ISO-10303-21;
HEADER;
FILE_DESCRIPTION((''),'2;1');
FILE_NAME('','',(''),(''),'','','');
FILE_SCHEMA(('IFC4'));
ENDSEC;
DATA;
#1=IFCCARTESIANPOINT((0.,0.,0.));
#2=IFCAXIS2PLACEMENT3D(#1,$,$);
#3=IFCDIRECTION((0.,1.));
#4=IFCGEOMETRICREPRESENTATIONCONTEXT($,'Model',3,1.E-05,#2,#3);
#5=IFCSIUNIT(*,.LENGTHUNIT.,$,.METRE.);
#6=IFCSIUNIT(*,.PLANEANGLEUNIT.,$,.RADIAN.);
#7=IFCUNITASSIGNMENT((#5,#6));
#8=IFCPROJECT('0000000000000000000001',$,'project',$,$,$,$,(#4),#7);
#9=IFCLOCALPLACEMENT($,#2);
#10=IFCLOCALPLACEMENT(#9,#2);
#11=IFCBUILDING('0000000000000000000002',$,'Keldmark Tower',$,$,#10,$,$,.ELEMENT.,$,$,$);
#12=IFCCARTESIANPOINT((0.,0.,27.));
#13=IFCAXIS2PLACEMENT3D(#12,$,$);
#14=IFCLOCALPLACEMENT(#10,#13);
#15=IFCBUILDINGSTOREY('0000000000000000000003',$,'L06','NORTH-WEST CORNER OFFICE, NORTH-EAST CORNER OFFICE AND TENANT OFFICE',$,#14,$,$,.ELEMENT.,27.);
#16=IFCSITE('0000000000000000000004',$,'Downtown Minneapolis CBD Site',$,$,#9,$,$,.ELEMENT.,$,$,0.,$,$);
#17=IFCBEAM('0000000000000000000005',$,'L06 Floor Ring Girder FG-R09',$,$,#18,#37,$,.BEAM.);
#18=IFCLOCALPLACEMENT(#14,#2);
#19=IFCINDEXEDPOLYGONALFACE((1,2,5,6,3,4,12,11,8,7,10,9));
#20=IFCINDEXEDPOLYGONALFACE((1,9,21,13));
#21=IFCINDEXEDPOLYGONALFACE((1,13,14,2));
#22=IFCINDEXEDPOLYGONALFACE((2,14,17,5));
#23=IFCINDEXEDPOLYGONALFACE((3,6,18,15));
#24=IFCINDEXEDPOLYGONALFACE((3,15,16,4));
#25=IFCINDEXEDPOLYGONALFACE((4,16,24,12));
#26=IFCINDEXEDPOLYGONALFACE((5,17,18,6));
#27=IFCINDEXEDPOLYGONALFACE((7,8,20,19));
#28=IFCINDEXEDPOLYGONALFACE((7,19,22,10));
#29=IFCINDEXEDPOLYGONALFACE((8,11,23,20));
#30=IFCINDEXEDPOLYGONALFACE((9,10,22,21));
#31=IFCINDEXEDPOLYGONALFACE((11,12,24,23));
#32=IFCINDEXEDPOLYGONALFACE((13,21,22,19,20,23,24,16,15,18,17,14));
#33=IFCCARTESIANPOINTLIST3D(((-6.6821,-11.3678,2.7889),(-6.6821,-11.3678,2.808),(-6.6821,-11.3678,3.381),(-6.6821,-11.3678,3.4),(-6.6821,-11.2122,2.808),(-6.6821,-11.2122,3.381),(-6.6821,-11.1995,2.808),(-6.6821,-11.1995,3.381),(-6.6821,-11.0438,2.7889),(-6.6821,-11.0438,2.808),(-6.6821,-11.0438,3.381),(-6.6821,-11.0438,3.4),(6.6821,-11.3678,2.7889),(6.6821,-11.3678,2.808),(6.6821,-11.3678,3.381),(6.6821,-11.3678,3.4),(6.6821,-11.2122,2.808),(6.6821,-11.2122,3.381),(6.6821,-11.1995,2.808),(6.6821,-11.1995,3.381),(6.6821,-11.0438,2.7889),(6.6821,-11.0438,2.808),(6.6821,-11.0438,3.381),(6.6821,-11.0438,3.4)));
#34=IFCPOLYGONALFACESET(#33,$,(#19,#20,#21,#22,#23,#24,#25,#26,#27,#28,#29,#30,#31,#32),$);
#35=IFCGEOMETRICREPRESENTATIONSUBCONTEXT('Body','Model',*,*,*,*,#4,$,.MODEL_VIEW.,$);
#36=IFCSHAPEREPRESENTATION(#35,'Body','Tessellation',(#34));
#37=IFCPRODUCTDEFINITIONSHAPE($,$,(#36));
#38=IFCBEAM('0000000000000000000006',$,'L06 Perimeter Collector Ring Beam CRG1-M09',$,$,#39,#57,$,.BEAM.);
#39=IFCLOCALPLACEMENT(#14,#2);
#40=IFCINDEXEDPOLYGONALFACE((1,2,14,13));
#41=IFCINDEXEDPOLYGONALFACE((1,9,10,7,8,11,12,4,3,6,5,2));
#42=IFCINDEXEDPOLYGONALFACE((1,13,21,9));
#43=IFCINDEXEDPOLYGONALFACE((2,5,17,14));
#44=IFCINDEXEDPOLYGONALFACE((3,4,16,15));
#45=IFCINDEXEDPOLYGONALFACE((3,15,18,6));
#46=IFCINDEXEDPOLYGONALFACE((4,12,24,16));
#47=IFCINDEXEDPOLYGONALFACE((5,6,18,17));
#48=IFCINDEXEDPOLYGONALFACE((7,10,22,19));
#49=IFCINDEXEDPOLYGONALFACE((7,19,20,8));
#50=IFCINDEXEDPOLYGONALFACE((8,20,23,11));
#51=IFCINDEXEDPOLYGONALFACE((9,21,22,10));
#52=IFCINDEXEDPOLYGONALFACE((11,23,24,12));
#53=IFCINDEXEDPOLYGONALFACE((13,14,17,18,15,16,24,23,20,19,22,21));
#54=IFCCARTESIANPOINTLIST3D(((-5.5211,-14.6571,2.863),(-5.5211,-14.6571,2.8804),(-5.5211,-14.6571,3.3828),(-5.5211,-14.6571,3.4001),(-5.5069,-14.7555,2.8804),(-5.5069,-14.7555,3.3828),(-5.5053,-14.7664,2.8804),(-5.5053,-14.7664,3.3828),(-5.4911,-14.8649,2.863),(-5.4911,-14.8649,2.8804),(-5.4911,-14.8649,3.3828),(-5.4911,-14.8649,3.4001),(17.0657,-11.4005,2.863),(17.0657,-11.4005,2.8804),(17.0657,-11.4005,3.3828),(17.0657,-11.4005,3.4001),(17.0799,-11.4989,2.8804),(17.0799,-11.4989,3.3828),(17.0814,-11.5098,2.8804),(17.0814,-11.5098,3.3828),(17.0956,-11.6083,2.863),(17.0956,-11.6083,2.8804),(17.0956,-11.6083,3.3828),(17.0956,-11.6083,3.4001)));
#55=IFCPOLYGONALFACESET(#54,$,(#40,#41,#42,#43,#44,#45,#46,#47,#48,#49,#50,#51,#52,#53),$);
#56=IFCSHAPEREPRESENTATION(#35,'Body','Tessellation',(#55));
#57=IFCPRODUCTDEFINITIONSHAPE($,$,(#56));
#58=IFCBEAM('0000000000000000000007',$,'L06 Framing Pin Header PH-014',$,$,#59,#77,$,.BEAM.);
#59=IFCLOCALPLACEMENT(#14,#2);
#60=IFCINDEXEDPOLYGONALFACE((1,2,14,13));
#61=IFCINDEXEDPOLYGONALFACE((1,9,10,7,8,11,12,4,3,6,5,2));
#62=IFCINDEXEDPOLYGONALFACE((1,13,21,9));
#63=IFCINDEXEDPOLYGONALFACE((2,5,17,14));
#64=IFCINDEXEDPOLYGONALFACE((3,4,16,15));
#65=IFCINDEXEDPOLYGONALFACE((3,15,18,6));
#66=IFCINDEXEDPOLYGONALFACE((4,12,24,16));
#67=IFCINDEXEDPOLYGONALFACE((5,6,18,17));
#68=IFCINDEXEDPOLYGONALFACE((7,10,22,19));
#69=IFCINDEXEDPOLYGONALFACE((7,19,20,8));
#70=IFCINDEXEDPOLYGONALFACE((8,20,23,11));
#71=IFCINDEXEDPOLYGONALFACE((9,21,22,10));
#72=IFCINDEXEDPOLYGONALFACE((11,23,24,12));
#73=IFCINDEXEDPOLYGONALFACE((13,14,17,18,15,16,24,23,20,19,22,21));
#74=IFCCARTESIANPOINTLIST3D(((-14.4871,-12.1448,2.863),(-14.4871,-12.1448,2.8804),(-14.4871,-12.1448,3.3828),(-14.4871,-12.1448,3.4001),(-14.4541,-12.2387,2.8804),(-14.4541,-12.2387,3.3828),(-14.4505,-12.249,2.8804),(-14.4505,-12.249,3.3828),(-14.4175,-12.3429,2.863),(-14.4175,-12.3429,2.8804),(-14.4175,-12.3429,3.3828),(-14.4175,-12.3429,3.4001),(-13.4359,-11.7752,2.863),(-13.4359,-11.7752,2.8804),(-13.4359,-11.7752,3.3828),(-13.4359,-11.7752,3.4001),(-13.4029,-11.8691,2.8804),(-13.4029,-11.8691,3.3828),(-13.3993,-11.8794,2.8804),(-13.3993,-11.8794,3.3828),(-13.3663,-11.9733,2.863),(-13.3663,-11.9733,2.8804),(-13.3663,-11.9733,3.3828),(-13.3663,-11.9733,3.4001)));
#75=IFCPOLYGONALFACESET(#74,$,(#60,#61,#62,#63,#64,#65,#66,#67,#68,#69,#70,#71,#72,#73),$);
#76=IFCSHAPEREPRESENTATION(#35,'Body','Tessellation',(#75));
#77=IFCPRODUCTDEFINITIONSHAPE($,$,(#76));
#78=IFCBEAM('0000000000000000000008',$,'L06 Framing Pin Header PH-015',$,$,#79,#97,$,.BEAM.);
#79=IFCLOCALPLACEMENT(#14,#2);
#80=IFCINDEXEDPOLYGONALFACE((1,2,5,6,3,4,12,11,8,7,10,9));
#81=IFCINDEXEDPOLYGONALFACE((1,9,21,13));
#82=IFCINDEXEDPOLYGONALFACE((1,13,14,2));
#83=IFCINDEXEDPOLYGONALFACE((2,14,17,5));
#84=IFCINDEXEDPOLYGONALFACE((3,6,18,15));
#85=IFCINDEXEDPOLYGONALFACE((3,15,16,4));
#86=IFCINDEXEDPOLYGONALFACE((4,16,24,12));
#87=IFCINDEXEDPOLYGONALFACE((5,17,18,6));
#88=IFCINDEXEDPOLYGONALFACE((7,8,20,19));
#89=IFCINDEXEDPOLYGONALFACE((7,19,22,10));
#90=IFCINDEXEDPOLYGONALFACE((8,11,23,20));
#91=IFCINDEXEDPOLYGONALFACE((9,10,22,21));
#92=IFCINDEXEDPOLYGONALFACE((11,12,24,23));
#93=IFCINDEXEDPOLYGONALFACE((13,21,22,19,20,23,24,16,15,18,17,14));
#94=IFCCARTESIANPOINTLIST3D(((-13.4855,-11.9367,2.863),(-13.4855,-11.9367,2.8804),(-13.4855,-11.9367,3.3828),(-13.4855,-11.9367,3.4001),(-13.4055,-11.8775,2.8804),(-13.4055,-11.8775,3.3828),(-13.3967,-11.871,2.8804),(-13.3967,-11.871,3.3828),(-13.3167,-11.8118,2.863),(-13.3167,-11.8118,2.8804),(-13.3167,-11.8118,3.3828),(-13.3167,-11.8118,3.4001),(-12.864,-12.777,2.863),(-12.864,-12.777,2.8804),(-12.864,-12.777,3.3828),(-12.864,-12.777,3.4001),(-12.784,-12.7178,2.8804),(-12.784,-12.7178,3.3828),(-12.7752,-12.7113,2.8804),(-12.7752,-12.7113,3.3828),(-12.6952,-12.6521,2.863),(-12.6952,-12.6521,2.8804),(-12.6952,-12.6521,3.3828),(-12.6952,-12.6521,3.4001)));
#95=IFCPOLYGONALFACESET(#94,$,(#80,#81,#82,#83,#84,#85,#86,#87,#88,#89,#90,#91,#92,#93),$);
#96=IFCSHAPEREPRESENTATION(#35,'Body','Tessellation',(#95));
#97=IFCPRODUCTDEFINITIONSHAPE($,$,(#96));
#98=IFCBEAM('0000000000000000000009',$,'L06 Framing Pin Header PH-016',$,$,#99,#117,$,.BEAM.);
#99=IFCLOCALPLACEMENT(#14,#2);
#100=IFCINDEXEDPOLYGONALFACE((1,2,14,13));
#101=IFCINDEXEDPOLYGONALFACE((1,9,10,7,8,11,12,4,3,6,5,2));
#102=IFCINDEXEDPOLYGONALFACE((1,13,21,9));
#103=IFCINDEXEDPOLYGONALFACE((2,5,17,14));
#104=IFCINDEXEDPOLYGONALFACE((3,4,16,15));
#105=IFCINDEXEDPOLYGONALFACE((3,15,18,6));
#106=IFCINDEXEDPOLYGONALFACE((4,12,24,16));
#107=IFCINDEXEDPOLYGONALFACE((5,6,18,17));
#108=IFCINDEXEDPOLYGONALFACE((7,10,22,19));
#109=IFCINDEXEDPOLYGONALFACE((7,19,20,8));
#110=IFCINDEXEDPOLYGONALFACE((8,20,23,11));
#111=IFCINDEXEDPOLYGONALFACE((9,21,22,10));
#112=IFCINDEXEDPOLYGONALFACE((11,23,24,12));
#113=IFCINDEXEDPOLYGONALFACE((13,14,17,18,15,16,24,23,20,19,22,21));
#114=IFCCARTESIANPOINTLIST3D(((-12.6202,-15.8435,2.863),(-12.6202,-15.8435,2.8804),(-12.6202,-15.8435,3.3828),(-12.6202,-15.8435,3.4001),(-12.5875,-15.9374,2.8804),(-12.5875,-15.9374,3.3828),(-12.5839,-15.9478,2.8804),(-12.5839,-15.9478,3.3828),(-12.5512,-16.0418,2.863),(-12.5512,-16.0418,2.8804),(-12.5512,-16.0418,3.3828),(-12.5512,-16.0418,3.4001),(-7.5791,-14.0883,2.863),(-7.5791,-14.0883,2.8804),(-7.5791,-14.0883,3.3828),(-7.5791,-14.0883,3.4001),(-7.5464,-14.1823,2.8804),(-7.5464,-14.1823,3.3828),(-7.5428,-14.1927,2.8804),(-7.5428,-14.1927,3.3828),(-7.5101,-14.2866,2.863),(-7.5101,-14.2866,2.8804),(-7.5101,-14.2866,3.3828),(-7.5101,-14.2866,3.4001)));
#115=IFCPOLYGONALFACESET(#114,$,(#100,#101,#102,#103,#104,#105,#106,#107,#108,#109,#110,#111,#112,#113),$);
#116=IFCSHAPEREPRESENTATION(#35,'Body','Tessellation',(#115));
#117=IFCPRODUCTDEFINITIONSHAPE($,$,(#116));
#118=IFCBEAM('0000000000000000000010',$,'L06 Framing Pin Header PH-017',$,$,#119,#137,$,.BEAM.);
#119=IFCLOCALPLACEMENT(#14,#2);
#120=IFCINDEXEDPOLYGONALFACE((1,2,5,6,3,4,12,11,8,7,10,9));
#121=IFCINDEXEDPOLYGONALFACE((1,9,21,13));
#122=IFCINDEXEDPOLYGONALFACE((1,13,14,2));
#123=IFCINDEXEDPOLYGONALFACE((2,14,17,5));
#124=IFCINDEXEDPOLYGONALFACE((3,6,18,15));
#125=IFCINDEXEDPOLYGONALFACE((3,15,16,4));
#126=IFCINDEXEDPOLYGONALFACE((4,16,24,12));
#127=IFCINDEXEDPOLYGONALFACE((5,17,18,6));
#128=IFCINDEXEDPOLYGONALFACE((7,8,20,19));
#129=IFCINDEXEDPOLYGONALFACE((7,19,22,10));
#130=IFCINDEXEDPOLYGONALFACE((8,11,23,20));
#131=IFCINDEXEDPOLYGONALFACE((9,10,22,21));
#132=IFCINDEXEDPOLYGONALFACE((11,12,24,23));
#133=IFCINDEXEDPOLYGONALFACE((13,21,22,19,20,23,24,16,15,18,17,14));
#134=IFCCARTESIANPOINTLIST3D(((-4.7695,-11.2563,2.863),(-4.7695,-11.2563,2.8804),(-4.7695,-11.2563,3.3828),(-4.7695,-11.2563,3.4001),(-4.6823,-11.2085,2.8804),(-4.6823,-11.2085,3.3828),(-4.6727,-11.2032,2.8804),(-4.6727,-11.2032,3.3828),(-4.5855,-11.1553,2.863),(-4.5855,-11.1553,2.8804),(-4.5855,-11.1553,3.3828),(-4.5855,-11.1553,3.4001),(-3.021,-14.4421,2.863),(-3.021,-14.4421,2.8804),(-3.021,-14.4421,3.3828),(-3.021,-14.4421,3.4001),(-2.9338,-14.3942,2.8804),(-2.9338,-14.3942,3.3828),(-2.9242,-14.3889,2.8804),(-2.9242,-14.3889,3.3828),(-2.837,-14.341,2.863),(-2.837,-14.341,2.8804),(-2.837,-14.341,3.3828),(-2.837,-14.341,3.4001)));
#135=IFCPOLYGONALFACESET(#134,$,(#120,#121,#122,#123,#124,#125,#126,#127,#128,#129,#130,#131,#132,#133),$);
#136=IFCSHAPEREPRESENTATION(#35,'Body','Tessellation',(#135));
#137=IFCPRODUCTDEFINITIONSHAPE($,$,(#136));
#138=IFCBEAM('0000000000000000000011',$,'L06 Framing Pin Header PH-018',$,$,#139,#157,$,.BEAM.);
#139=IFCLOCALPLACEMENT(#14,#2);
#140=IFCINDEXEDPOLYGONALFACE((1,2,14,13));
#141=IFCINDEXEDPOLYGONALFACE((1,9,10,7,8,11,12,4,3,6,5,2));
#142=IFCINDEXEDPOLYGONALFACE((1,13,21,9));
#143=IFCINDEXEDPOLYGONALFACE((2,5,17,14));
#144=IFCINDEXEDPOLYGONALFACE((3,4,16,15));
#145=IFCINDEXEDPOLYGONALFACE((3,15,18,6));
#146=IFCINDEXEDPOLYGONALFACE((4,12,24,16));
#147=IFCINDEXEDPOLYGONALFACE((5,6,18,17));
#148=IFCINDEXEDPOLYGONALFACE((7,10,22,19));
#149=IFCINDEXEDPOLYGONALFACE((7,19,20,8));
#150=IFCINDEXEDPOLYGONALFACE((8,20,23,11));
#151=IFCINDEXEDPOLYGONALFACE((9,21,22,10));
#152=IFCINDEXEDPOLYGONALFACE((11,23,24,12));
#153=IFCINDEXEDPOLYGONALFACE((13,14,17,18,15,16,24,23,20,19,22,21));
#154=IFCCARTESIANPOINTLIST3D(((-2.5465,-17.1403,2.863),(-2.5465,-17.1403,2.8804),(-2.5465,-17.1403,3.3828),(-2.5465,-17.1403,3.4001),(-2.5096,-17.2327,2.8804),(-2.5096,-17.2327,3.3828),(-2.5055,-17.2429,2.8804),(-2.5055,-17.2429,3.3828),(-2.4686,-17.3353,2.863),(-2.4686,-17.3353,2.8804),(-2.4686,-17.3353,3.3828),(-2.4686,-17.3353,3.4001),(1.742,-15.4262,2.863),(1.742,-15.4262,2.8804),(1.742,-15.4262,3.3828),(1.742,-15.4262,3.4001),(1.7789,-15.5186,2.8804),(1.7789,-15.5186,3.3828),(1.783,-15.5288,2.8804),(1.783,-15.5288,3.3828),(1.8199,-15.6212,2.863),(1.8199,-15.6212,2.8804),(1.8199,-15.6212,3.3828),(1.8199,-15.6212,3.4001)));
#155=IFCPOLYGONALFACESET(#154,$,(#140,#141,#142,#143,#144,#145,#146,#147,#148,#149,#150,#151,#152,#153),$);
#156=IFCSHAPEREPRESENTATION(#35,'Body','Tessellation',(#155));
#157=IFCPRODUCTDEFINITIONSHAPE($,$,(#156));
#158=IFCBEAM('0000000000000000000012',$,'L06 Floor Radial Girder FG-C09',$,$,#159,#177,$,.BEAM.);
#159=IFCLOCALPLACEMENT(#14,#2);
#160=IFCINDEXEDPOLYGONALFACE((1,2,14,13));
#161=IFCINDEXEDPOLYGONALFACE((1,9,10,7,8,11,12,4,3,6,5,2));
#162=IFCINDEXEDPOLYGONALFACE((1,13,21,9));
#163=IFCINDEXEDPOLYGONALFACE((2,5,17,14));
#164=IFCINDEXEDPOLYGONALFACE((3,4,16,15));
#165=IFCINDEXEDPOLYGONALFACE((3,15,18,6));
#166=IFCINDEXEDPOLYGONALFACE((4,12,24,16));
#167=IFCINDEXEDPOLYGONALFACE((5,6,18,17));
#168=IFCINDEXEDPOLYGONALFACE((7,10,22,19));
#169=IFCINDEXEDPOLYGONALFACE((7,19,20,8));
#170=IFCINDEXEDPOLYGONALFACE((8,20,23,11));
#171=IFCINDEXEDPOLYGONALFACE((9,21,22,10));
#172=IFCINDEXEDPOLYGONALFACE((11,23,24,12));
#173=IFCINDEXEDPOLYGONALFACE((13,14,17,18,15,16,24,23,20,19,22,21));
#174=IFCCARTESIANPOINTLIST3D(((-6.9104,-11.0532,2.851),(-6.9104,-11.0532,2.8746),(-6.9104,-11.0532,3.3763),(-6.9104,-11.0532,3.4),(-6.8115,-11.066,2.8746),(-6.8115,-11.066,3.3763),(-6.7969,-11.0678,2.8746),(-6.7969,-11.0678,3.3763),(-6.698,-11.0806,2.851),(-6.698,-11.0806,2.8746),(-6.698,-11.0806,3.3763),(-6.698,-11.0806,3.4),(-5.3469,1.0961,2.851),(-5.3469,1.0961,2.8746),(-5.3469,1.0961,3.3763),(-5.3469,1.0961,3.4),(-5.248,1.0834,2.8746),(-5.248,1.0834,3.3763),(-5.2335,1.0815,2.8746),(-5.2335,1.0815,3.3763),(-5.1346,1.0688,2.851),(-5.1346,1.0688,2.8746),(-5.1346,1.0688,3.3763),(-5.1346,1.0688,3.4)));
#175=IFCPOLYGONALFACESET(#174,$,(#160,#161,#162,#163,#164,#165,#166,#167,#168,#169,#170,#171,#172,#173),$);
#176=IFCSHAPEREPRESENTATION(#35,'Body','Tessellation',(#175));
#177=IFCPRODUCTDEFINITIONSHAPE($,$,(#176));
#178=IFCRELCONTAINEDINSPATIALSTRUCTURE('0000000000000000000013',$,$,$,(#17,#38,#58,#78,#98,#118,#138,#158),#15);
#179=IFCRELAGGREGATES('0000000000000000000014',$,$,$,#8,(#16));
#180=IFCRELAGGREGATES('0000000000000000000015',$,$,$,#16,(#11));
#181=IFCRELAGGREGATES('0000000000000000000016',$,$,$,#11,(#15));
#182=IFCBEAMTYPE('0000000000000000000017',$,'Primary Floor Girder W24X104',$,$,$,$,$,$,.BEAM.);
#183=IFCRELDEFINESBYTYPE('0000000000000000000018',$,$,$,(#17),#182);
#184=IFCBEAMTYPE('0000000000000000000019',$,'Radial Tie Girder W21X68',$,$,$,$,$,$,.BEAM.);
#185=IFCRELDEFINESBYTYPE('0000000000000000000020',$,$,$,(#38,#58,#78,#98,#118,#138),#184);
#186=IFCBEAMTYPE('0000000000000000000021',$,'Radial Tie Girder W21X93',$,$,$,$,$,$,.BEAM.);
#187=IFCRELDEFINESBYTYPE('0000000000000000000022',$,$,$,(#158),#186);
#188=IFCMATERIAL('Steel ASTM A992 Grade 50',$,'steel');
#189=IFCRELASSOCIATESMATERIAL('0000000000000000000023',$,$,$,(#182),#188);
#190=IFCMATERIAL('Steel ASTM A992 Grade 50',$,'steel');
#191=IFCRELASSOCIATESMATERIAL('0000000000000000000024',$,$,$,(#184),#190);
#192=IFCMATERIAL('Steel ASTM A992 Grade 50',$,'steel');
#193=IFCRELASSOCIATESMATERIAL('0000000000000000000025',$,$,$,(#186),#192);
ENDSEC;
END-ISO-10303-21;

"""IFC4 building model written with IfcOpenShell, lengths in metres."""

from ifc_helpers import new_model, si_unit, direction, frame, origin, origin_2d, place, context, subcontext, project, spatial, i_section, extrude, material, material_profile, profile_set, type_object, element, save


model = new_model("IFC4")

# Units and contexts
model_context = context("Model", 3, precision=1e-05, world=origin(), true_north=direction((0.0, 1.0)))
body_context = subcontext(model_context, "Body", "Model", "MODEL_VIEW")
ifc_project = project(units=[si_unit("LENGTHUNIT", "METRE"), si_unit("PLANEANGLEUNIT", "RADIAN")], contexts=[model_context])

# Site, building, storey
site_placement = place(None, origin())
site = spatial("IfcSite", under=ifc_project, at=site_placement, Name="Downtown Minneapolis CBD Site", CompositionType="ELEMENT", RefElevation=0.0)
building_placement = place(site_placement, origin())
building = spatial("IfcBuilding", under=site, at=building_placement, Name="Keldmark Tower", CompositionType="ELEMENT")
storey_placement = place(building_placement, frame((0.0, 0.0, 27.0)))
storey = spatial("IfcBuildingStorey", under=building, at=storey_placement, Name="L06", Description="NORTH-WEST CORNER OFFICE, NORTH-EAST CORNER OFFICE AND TENANT OFFICE", CompositionType="ELEMENT", Elevation=27.0)

# Beams
ifc_material_1 = material(Name="Steel ASTM A992 Grade 50", Category="steel")
ifc_material_profile_1 = material_profile(ifc_material_1, i_section(OverallWidth=0.324, OverallDepth=0.6111, WebThickness=0.0127, FlangeThickness=0.019, at=origin_2d()), Name="W24X104")
ifc_profile_set_1 = profile_set([ifc_material_profile_1], Name="Steel ASTM A992 Grade 50")
beam_type_1 = type_object("IfcBeamType", Name="Primary Floor Girder W24X104", PredefinedType="BEAM", material=ifc_profile_set_1)
beam_1_placement = place(storey_placement, frame((-6.6821, -11.2058, 3.0945), z_axis=(1.0, 0.0, 0.0), x_axis=(0.0, 1.0, 0.0)))
element("IfcBeam", 1, at=beam_1_placement, inside=storey, type_object=beam_type_1, Name="L06 Floor Ring Girder FG-R09", PredefinedType="BEAM", context=body_context, shape_type="SweptSolid", body=[
    extrude(i_section(OverallWidth=0.324, OverallDepth=0.6111, WebThickness=0.0127, FlangeThickness=0.019, at=origin_2d()), origin(), (0.0, 0.0, 1.0), 13.3643),
])
ifc_material_2 = material(Name="Steel ASTM A992 Grade 50", Category="steel")
ifc_material_profile_2 = material_profile(ifc_material_2, i_section(OverallWidth=0.21, OverallDepth=0.5371, WebThickness=0.011, FlangeThickness=0.0173, at=origin_2d()), Name="W21X68")
ifc_profile_set_2 = profile_set([ifc_material_profile_2], Name="Steel ASTM A992 Grade 50")
beam_type_2 = type_object("IfcBeamType", Name="Radial Tie Girder W21X68", PredefinedType="BEAM", material=ifc_profile_set_2)
beam_2_placement = place(storey_placement, frame((-5.5061, -14.761, 3.1316), z_axis=(0.989765, 0.142706, 0.0), x_axis=(-0.142706, 0.989765, 0.0)))
element("IfcBeam", 2, at=beam_2_placement, inside=storey, type_object=beam_type_2, Name="L06 Perimeter Collector Ring Beam CRG1-M09", PredefinedType="BEAM", context=body_context, shape_type="SweptSolid", body=[
    extrude(i_section(OverallWidth=0.21, OverallDepth=0.5371, WebThickness=0.011, FlangeThickness=0.0173, at=origin_2d()), origin(), (0.0, 0.0, 1.0), 22.8203),
])
beam_3_placement = place(storey_placement, frame((-13.4011, -11.8743, 3.1316), z_axis=(-0.943386, -0.331697, 0.0), x_axis=(0.331697, -0.943386, 0.0)))
element("IfcBeam", 3, at=beam_3_placement, inside=storey, type_object=beam_type_2, Name="L06 Framing Pin Header PH-014", PredefinedType="BEAM", context=body_context, shape_type="SweptSolid", body=[
    extrude(i_section(OverallWidth=0.21, OverallDepth=0.5371, WebThickness=0.011, FlangeThickness=0.0173, at=origin_2d()), origin(), (0.0, 0.0, 1.0), 1.1143),
])
beam_4_placement = place(storey_placement, frame((-13.4011, -11.8743, 3.1316), z_axis=(0.59468, -0.803963, 0.0), x_axis=(0.803963, 0.59468, 0.0)))
element("IfcBeam", 4, at=beam_4_placement, inside=storey, type_object=beam_type_2, Name="L06 Framing Pin Header PH-015", PredefinedType="BEAM", context=body_context, shape_type="SweptSolid", body=[
    extrude(i_section(OverallWidth=0.21, OverallDepth=0.5371, WebThickness=0.011, FlangeThickness=0.0173, at=origin_2d()), origin(), (0.0, 0.0, 1.0), 1.0452),
])
beam_5_placement = place(storey_placement, frame((-12.5857, -15.9426, 3.1316), z_axis=(0.944396, 0.32881, 0.0), x_axis=(-0.32881, 0.944396, 0.0)))
element("IfcBeam", 5, at=beam_5_placement, inside=storey, type_object=beam_type_2, Name="L06 Framing Pin Header PH-016", PredefinedType="BEAM", context=body_context, shape_type="SweptSolid", body=[
    extrude(i_section(OverallWidth=0.21, OverallDepth=0.5371, WebThickness=0.011, FlangeThickness=0.0173, at=origin_2d()), origin(), (0.0, 0.0, 1.0), 5.3379),
])
beam_6_placement = place(storey_placement, frame((-4.6775, -11.2058, 3.1316), z_axis=(0.481147, -0.87664, 0.0), x_axis=(0.87664, 0.481147, 0.0)))
element("IfcBeam", 6, at=beam_6_placement, inside=storey, type_object=beam_type_2, Name="L06 Framing Pin Header PH-017", PredefinedType="BEAM", context=body_context, shape_type="SweptSolid", body=[
    extrude(i_section(OverallWidth=0.21, OverallDepth=0.5371, WebThickness=0.011, FlangeThickness=0.0173, at=origin_2d()), origin(), (0.0, 0.0, 1.0), 3.634),
])
beam_7_placement = place(storey_placement, frame((-2.5076, -17.2378, 3.1316), z_axis=(0.928575, 0.371145, 0.0), x_axis=(-0.371145, 0.928575, 0.0)))
element("IfcBeam", 7, at=beam_7_placement, inside=storey, type_object=beam_type_2, Name="L06 Framing Pin Header PH-018", PredefinedType="BEAM", context=body_context, shape_type="SweptSolid", body=[
    extrude(i_section(OverallWidth=0.21, OverallDepth=0.5371, WebThickness=0.011, FlangeThickness=0.0173, at=origin_2d()), origin(), (0.0, 0.0, 1.0), 4.6184),
])
ifc_material_3 = material(Name="Steel ASTM A992 Grade 50", Category="steel")
ifc_material_profile_3 = material_profile(ifc_material_3, i_section(OverallWidth=0.2141, OverallDepth=0.5491, WebThickness=0.0146, FlangeThickness=0.0237, at=origin_2d()), Name="W21X93")
ifc_profile_set_3 = profile_set([ifc_material_profile_3], Name="Steel ASTM A992 Grade 50")
beam_type_3 = type_object("IfcBeamType", Name="Radial Tie Girder W21X93", PredefinedType="BEAM", material=ifc_profile_set_3)
beam_8_placement = place(storey_placement, frame((-6.8042, -11.0669, 3.1255), z_axis=(0.127635, 0.991821, 0.0), x_axis=(-0.991821, 0.127635, 0.0)))
element("IfcBeam", 8, at=beam_8_placement, inside=storey, type_object=beam_type_3, Name="L06 Floor Radial Girder FG-C09", PredefinedType="BEAM", context=body_context, shape_type="SweptSolid", body=[
    extrude(i_section(OverallWidth=0.2141, OverallDepth=0.5491, WebThickness=0.0146, FlangeThickness=0.0237, at=origin_2d()), origin(), (0.0, 0.0, 1.0), 12.2495),
])

save(model, "model.ifc")
